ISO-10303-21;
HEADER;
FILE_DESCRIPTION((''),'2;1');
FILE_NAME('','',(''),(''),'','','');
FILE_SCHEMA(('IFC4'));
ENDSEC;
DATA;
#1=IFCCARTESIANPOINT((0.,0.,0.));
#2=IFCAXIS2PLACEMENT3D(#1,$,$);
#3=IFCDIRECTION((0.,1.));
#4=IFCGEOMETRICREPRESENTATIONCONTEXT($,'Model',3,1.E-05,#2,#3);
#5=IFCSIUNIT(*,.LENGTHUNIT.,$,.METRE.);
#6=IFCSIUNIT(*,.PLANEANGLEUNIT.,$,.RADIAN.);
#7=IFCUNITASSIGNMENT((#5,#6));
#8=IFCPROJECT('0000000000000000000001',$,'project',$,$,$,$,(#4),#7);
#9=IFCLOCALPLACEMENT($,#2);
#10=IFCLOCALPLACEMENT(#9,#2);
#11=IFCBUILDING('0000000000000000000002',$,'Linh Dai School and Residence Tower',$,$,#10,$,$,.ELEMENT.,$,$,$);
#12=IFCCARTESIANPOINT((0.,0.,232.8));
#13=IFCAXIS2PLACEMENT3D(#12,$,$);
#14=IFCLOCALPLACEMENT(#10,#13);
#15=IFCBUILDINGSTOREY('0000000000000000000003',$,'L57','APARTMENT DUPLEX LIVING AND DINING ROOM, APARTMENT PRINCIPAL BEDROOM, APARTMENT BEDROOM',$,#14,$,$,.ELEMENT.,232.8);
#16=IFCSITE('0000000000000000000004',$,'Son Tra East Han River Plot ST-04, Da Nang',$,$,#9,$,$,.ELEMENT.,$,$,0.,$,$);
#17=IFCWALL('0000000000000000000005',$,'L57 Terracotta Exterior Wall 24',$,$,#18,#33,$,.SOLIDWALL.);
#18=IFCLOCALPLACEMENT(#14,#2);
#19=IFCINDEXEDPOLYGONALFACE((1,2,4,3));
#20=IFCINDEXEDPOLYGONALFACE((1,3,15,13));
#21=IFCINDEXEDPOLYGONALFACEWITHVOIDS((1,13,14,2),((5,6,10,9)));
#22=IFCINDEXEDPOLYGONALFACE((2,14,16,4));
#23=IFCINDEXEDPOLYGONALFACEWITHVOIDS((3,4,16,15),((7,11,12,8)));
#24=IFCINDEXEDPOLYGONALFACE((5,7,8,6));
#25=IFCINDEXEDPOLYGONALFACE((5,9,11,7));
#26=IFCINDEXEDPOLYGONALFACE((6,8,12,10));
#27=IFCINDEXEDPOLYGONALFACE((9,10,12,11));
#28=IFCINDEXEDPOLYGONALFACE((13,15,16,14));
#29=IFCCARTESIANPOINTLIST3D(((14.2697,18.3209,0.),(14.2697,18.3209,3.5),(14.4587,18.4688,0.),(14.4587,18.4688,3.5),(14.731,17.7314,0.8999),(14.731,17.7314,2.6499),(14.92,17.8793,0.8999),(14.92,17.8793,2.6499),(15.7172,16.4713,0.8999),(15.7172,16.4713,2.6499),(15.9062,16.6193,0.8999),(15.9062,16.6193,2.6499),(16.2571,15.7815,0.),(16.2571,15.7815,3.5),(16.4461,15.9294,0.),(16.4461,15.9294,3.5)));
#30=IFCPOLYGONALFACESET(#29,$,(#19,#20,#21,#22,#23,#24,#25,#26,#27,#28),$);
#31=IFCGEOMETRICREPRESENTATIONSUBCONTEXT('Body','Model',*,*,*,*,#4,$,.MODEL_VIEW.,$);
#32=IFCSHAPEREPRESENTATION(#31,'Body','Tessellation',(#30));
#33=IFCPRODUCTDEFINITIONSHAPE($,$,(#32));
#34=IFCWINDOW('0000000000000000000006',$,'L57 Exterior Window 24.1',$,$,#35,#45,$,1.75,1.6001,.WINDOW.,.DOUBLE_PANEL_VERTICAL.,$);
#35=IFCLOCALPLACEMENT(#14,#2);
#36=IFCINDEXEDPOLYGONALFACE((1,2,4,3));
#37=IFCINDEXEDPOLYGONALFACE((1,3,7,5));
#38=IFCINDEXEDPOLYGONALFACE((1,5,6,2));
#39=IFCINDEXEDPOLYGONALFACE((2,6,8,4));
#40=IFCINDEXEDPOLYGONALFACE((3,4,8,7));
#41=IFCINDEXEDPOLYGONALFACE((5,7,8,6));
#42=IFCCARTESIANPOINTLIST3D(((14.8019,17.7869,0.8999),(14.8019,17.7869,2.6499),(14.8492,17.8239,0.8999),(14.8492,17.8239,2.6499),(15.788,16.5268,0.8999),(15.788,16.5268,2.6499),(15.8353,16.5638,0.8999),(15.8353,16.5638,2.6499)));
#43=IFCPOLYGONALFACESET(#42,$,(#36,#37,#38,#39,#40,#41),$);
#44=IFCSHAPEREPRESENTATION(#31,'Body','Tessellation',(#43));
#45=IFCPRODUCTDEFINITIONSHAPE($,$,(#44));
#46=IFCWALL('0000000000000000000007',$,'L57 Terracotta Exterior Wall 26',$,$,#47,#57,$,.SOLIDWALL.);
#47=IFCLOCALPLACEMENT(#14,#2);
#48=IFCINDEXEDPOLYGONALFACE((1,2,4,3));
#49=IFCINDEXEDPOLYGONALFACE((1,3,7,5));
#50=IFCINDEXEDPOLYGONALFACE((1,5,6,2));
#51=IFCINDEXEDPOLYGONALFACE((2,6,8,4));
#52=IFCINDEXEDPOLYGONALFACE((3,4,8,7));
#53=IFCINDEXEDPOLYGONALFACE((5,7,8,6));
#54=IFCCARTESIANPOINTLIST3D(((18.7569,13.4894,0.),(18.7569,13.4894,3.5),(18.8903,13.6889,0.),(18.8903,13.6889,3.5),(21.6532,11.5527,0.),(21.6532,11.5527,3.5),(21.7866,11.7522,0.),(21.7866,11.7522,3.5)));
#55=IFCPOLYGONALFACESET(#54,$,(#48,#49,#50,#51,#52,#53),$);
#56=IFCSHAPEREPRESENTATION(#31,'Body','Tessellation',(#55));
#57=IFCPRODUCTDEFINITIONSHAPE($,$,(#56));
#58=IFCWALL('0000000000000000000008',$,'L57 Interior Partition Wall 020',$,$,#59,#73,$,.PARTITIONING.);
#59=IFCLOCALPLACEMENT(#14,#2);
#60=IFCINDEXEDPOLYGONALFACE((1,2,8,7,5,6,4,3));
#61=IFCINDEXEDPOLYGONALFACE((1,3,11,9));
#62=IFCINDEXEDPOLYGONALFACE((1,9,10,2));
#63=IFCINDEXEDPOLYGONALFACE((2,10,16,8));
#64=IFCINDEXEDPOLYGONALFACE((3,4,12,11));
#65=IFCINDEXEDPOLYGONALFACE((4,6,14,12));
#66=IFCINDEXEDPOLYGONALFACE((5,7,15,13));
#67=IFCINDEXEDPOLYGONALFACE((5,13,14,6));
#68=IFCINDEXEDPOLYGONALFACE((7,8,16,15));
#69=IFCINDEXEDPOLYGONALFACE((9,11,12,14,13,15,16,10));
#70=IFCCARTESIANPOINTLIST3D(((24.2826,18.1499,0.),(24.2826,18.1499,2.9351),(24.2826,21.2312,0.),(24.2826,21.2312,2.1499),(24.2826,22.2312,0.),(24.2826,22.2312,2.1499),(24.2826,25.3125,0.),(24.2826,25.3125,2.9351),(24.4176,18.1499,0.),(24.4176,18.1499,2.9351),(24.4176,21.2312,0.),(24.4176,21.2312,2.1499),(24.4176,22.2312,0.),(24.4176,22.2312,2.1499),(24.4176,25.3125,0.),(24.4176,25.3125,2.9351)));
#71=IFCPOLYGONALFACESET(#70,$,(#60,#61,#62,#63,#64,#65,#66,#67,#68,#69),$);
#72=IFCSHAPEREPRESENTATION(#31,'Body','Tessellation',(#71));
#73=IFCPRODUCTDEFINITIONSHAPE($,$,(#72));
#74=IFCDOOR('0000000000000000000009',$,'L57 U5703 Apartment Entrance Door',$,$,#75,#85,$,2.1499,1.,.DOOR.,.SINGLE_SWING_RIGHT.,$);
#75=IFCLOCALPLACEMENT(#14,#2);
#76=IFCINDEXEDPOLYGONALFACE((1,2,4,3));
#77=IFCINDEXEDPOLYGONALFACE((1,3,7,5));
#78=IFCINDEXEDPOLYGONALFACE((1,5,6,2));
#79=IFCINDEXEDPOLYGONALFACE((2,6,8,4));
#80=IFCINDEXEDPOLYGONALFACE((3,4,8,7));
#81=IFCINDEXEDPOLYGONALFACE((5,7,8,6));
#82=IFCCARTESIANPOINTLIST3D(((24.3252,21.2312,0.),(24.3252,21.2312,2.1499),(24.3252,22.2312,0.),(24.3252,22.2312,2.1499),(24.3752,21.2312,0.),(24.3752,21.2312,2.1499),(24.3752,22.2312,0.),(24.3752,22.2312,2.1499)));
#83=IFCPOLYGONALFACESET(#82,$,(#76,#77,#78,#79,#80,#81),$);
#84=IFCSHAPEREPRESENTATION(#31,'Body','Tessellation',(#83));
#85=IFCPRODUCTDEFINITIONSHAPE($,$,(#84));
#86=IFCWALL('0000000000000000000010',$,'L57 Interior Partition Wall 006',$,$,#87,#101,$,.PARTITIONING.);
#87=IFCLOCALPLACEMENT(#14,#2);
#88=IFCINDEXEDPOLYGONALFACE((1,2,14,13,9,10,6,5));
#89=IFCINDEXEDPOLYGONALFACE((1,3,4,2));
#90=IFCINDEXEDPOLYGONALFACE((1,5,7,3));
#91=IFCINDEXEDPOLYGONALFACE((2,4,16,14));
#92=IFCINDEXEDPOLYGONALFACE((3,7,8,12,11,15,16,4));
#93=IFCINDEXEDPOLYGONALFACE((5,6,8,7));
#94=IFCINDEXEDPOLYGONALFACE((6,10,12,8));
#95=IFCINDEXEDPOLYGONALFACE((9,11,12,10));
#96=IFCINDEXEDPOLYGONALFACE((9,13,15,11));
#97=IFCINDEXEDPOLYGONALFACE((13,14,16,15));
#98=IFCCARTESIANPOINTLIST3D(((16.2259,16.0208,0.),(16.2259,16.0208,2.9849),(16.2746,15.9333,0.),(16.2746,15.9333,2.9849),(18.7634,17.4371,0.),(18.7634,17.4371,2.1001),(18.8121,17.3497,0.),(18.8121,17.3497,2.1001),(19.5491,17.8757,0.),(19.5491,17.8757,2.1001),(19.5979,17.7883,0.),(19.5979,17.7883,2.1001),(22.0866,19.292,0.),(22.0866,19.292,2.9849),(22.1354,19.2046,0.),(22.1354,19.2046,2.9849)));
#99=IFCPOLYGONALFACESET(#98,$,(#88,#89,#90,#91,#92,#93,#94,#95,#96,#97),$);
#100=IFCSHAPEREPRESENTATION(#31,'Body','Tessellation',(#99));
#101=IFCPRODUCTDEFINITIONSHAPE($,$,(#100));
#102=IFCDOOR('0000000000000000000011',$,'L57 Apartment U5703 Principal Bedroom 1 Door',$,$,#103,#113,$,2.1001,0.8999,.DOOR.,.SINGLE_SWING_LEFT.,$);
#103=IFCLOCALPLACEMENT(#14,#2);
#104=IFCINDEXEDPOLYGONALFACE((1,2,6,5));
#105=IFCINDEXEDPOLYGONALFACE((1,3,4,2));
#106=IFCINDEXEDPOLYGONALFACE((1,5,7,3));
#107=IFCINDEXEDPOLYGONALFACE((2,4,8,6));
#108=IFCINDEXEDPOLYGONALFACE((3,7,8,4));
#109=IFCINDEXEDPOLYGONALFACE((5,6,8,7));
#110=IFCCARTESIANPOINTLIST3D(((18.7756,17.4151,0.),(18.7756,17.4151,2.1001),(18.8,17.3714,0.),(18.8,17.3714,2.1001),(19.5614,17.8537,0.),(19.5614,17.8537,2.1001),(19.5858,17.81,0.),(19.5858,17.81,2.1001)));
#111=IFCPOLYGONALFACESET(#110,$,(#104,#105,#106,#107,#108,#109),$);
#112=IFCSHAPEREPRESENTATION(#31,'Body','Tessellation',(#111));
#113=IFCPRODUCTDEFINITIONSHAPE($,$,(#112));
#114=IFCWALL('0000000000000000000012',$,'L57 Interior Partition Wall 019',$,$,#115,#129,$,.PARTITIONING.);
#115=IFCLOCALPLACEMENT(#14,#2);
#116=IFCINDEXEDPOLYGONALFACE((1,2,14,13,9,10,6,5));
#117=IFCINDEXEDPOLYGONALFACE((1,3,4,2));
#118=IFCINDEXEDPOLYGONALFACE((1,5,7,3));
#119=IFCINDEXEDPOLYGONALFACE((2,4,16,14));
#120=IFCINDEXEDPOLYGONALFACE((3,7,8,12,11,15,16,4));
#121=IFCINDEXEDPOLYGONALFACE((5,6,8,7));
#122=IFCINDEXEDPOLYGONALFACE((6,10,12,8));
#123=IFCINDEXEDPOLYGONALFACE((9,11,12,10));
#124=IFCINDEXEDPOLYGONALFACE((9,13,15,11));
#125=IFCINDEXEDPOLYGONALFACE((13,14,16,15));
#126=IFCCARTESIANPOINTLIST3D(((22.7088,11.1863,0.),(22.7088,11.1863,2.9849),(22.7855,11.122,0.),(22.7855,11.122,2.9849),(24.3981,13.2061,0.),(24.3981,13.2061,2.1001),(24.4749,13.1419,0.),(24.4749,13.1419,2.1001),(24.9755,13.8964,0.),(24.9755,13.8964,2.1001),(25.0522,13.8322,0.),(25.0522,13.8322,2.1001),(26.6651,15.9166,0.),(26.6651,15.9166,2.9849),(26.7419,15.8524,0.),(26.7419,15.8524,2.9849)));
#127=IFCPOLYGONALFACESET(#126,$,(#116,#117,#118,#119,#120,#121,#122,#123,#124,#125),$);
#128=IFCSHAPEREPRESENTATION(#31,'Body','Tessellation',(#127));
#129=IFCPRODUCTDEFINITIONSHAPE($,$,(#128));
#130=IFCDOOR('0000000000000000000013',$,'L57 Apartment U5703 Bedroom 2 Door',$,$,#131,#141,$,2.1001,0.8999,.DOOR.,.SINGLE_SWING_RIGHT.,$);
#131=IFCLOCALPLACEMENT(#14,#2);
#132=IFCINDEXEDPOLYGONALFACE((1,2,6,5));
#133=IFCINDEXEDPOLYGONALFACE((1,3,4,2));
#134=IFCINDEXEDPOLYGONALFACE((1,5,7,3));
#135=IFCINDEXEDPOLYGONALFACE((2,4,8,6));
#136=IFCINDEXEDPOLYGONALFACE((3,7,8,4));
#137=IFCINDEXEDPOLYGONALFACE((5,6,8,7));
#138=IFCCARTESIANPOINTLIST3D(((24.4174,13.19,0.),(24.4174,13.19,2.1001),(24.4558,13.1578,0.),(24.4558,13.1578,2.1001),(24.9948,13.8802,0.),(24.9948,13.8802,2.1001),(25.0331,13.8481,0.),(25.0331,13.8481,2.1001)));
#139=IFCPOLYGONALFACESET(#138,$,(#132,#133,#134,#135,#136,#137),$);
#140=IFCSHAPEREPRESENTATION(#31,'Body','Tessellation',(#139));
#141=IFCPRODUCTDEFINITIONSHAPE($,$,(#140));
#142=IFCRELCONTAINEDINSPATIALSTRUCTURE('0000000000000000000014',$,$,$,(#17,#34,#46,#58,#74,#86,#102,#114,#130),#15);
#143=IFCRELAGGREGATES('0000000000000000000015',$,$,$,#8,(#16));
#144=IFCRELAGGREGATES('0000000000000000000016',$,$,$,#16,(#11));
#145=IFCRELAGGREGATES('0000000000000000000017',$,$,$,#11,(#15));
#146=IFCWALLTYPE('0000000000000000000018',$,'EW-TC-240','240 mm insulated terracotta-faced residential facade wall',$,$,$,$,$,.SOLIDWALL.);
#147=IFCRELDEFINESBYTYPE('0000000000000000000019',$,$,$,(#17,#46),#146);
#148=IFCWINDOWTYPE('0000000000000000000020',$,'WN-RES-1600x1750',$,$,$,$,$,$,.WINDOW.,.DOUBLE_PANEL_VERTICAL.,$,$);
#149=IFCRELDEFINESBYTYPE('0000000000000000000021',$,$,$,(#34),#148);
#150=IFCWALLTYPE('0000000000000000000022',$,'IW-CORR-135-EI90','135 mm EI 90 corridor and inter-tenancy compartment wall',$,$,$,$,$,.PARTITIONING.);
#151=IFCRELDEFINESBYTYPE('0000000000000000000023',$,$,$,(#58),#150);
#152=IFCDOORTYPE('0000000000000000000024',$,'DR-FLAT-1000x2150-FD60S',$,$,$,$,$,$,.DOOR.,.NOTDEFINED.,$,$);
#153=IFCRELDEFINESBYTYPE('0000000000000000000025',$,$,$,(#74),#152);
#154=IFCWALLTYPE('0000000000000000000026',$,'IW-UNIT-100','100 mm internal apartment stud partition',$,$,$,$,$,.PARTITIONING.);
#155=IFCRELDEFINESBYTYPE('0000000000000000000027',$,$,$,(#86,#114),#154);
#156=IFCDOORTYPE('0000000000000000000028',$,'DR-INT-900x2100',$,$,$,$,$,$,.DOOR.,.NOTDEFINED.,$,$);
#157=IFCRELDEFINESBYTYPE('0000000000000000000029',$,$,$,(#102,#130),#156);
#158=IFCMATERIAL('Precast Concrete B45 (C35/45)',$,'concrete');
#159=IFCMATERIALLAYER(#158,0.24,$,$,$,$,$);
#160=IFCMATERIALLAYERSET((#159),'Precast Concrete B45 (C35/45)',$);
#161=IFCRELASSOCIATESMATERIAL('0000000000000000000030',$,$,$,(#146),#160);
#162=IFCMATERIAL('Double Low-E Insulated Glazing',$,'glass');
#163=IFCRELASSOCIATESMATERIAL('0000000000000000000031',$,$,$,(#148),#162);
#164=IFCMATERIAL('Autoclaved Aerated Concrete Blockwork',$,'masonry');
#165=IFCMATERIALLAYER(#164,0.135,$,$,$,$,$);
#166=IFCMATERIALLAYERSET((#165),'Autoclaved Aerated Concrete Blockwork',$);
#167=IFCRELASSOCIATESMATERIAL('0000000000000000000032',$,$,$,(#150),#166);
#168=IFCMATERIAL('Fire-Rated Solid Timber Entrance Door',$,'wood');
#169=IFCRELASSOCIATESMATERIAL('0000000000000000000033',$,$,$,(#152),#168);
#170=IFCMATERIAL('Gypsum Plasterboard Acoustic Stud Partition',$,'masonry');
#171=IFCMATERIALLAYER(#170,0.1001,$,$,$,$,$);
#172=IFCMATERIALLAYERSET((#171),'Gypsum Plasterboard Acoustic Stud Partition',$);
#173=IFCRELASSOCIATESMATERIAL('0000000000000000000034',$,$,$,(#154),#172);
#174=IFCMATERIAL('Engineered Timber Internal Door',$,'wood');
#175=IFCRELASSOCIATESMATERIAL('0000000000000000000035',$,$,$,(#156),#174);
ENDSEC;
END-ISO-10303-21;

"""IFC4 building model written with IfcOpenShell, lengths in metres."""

from ifc_helpers import new_model, si_unit, direction, frame, frame_2d, origin, origin_2d, place, context, subcontext, project, spatial, rectangle, extrude, source, transform, mapped, material, layer, layer_set, type_object, element, fill, save


model = new_model("IFC4")

# Units and contexts
model_context = context("Model", 3, precision=1e-05, world=origin(), true_north=direction((0.0, 1.0)))
body_context = subcontext(model_context, "Body", "Model", "MODEL_VIEW")
ifc_project = project(units=[si_unit("LENGTHUNIT", "METRE"), si_unit("PLANEANGLEUNIT", "RADIAN")], contexts=[model_context])

# Site, building, storey
site_placement = place(None, origin())
site = spatial("IfcSite", under=ifc_project, at=site_placement, Name="Son Tra East Han River Plot ST-04, Da Nang", CompositionType="ELEMENT", RefElevation=0.0)
building_placement = place(site_placement, origin())
building = spatial("IfcBuilding", under=site, at=building_placement, Name="Linh Dai School and Residence Tower", CompositionType="ELEMENT")
storey_placement = place(building_placement, frame((0.0, 0.0, 232.8)))
storey = spatial("IfcBuildingStorey", under=building, at=storey_placement, Name="L57", Description="APARTMENT DUPLEX LIVING AND DINING ROOM, APARTMENT PRINCIPAL BEDROOM, APARTMENT BEDROOM", CompositionType="ELEMENT", Elevation=232.8)

# Shared definitions
ifc_material_1 = material(Name="Precast Concrete B45 (C35/45)", Category="concrete")

# Wall, opening, window
ifc_layer_1 = layer(ifc_material_1, 0.24)
ifc_layer_set_1 = layer_set([ifc_layer_1], Name="Precast Concrete B45 (C35/45)")
wall_type_1 = type_object("IfcWallType", Name="EW-TC-240", Description="240 mm insulated terracotta-faced residential facade wall", PredefinedType="SOLIDWALL", material=ifc_layer_set_1)
wall_1_placement = place(storey_placement, frame((16.3516, 15.8555, 0.0), z_axis=(0.0, 0.0, 1.0), x_axis=(-0.616312, 0.787502, 0.0)))
wall_1 = element("IfcWall", 1, at=wall_1_placement, inside=storey, type_object=wall_type_1, Name="L57 Terracotta Exterior Wall 24", PredefinedType="SOLIDWALL", context=body_context, shape_type="SweptSolid", body=[
    extrude(rectangle(XDim=3.2246, YDim=0.24, at=frame_2d((1.6123, 0.0))), origin(), (0.0, 0.0, 1.0), 3.5),
])
opening_1_placement = place(wall_1_placement, frame((0.876, 0.0, 0.8999)))
opening_1 = element("IfcOpeningElement", 2, at=opening_1_placement, cuts=wall_1, PredefinedType="OPENING", context=body_context, shape_type="SweptSolid", body=[
    extrude(rectangle(XDim=1.6001, YDim=1.75, at=origin_2d()), frame((0.8, 0.1299, 0.875), z_axis=(0.0, -1.0, 0.0), x_axis=(1.0, 0.0, 0.0)), (0.0, 0.0, 1.0), 0.26),
])
ifc_material_2 = material(Name="Double Low-E Insulated Glazing", Category="glass")
window_type = type_object("IfcWindowType", Name="WN-RES-1600x1750", PartitioningType="DOUBLE_PANEL_VERTICAL", PredefinedType="WINDOW", material=ifc_material_2)
shared_shape_1 = source(origin(), body_context, "Body", "SweptSolid", [
    extrude(rectangle(XDim=1.6001, YDim=1.75, at=origin_2d()), frame((0.8, 0.03, 0.875), z_axis=(0.0, -1.0, 0.0), x_axis=(1.0, 0.0, 0.0)), (0.0, 0.0, 1.0), 0.0601),
])
window_placement = place(opening_1_placement, origin())
window = element("IfcWindow", 3, at=window_placement, inside=storey, type_object=window_type, Name="L57 Exterior Window 24.1", OverallHeight=1.75, OverallWidth=1.6001, PartitioningType="DOUBLE_PANEL_VERTICAL", PredefinedType="WINDOW", context=body_context, shape_type="MappedRepresentation", body=[
    mapped(shared_shape_1, transform((0.0, 0.0, 0.0), x_axis=(1.0, 0.0, 0.0), y_axis=(0.0, 1.0, 0.0), z_axis=(0.0, 0.0, 1.0), scale=1.0)),
])
fill(opening_1, window)

# Wall
wall_2_placement = place(storey_placement, frame((21.72, 11.6523, 0.0), z_axis=(0.0, 0.0, 1.0), x_axis=(-0.831262, 0.55588, 0.0)))
element("IfcWall", 4, at=wall_2_placement, inside=storey, type_object=wall_type_1, Name="L57 Terracotta Exterior Wall 26", PredefinedType="SOLIDWALL", context=body_context, shape_type="SweptSolid", body=[
    extrude(rectangle(XDim=3.4841, YDim=0.24, at=frame_2d((1.7422, 0.0))), origin(), (0.0, 0.0, 1.0), 3.5),
])

# Walls, openings, doors
ifc_material_3 = material(Name="Autoclaved Aerated Concrete Blockwork", Category="masonry")
ifc_layer_2 = layer(ifc_material_3, 0.135)
ifc_layer_set_2 = layer_set([ifc_layer_2], Name="Autoclaved Aerated Concrete Blockwork")
wall_type_2 = type_object("IfcWallType", Name="IW-CORR-135-EI90", Description="135 mm EI 90 corridor and inter-tenancy compartment wall", PredefinedType="PARTITIONING", material=ifc_layer_set_2)
wall_3_placement = place(storey_placement, frame((24.3501, 18.1499, 0.0), z_axis=(0.0, 0.0, 1.0), x_axis=(0.0, 1.0, 0.0)))
wall_3 = element("IfcWall", 5, at=wall_3_placement, inside=storey, type_object=wall_type_2, Name="L57 Interior Partition Wall 020", PredefinedType="PARTITIONING", context=body_context, shape_type="SweptSolid", body=[
    extrude(rectangle(XDim=7.1626, YDim=0.135, at=frame_2d((3.5813, 0.0))), origin(), (0.0, 0.0, 1.0), 2.9351),
])
opening_2_placement = place(wall_3_placement, frame((3.0813, 0.0, 0.0)))
opening_2 = element("IfcOpeningElement", 6, at=opening_2_placement, cuts=wall_3, PredefinedType="OPENING", context=body_context, shape_type="SweptSolid", body=[
    extrude(rectangle(XDim=1.0, YDim=2.1499, at=origin_2d()), frame((0.5, 0.0776, 1.075), z_axis=(0.0, -1.0, 0.0), x_axis=(1.0, 0.0, 0.0)), (0.0, 0.0, 1.0), 0.155),
])
ifc_material_4 = material(Name="Fire-Rated Solid Timber Entrance Door", Category="wood")
door_type_1 = type_object("IfcDoorType", Name="DR-FLAT-1000x2150-FD60S", OperationType="NOTDEFINED", PredefinedType="DOOR", material=ifc_material_4)
shared_shape_2 = source(origin(), body_context, "Body", "SweptSolid", [
    extrude(rectangle(XDim=1.0, YDim=2.1499, at=origin_2d()), frame((0.5, 0.0249, 1.075), z_axis=(0.0, -1.0, 0.0), x_axis=(1.0, 0.0, 0.0)), (0.0, 0.0, 1.0), 0.05),
])
door_1_placement = place(opening_2_placement, origin())
door_1 = element("IfcDoor", 7, at=door_1_placement, inside=storey, type_object=door_type_1, Name="L57 U5703 Apartment Entrance Door", OperationType="SINGLE_SWING_RIGHT", OverallHeight=2.1499, OverallWidth=1.0, PredefinedType="DOOR", context=body_context, shape_type="MappedRepresentation", body=[
    mapped(shared_shape_2, transform((0.0, 0.0, 0.0), x_axis=(1.0, 0.0, 0.0), y_axis=(0.0, 1.0, 0.0), z_axis=(0.0, 0.0, 1.0), scale=1.0)),
])
fill(opening_2, door_1)
ifc_material_5 = material(Name="Gypsum Plasterboard Acoustic Stud Partition", Category="masonry")
ifc_layer_3 = layer(ifc_material_5, 0.1001)
ifc_layer_set_3 = layer_set([ifc_layer_3], Name="Gypsum Plasterboard Acoustic Stud Partition")
wall_type_3 = type_object("IfcWallType", Name="IW-UNIT-100", Description="100 mm internal apartment stud partition", PredefinedType="PARTITIONING", material=ifc_layer_set_3)
wall_4_placement = place(storey_placement, frame((16.2502, 15.9771, 0.0), z_axis=(0.0, 0.0, 1.0), x_axis=(0.873193, 0.487375, 0.0)))
wall_4 = element("IfcWall", 8, at=wall_4_placement, inside=storey, type_object=wall_type_3, Name="L57 Interior Partition Wall 006", PredefinedType="PARTITIONING", context=body_context, shape_type="SweptSolid", body=[
    extrude(rectangle(XDim=6.7119, YDim=0.1001, at=frame_2d((3.356, 0.0))), origin(), (0.0, 0.0, 1.0), 2.9849),
])
opening_3_placement = place(wall_4_placement, frame((2.906, 0.0, 0.0)))
opening_3 = element("IfcOpeningElement", 9, at=opening_3_placement, cuts=wall_4, PredefinedType="OPENING", context=body_context, shape_type="SweptSolid", body=[
    extrude(rectangle(XDim=0.8999, YDim=2.1001, at=origin_2d()), frame((0.45, 0.0601, 1.05), z_axis=(0.0, -1.0, 0.0), x_axis=(1.0, 0.0, 0.0)), (0.0, 0.0, 1.0), 0.1201),
])
ifc_material_6 = material(Name="Engineered Timber Internal Door", Category="wood")
door_type_2 = type_object("IfcDoorType", Name="DR-INT-900x2100", OperationType="NOTDEFINED", PredefinedType="DOOR", material=ifc_material_6)
shared_shape_3 = source(origin(), body_context, "Body", "SweptSolid", [
    extrude(rectangle(XDim=0.8999, YDim=2.1001, at=origin_2d()), frame((0.45, 0.0249, 1.05), z_axis=(0.0, -1.0, 0.0), x_axis=(1.0, 0.0, 0.0)), (0.0, 0.0, 1.0), 0.05),
])
door_2_placement = place(opening_3_placement, origin())
door_2 = element("IfcDoor", 10, at=door_2_placement, inside=storey, type_object=door_type_2, Name="L57 Apartment U5703 Principal Bedroom 1 Door", OperationType="SINGLE_SWING_LEFT", OverallHeight=2.1001, OverallWidth=0.8999, PredefinedType="DOOR", context=body_context, shape_type="MappedRepresentation", body=[
    mapped(shared_shape_3, transform((0.0, 0.0, 0.0), x_axis=(1.0, 0.0, 0.0), y_axis=(0.0, 1.0, 0.0), z_axis=(0.0, 0.0, 1.0), scale=1.0)),
])
fill(opening_3, door_2)
wall_5_placement = place(storey_placement, frame((22.7471, 11.1541, 0.0), z_axis=(0.0, 0.0, 1.0), x_axis=(0.641566, 0.767068, 0.0)))
wall_5 = element("IfcWall", 11, at=wall_5_placement, inside=storey, type_object=wall_type_3, Name="L57 Interior Partition Wall 019", PredefinedType="PARTITIONING", context=body_context, shape_type="SweptSolid", body=[
    extrude(rectangle(XDim=6.1667, YDim=0.1001, at=frame_2d((3.0835, 0.0))), origin(), (0.0, 0.0, 1.0), 2.9849),
])
opening_4_placement = place(wall_5_placement, frame((2.6333, 0.0, 0.0)))
opening_4 = element("IfcOpeningElement", 12, at=opening_4_placement, cuts=wall_5, PredefinedType="OPENING", context=body_context, shape_type="SweptSolid", body=[
    extrude(rectangle(XDim=0.8999, YDim=2.1001, at=origin_2d()), frame((0.45, 0.0601, 1.05), z_axis=(0.0, -1.0, 0.0), x_axis=(1.0, 0.0, 0.0)), (0.0, 0.0, 1.0), 0.1201),
])
door_3_placement = place(opening_4_placement, origin())
door_3 = element("IfcDoor", 13, at=door_3_placement, inside=storey, type_object=door_type_2, Name="L57 Apartment U5703 Bedroom 2 Door", OperationType="SINGLE_SWING_RIGHT", OverallHeight=2.1001, OverallWidth=0.8999, PredefinedType="DOOR", context=body_context, shape_type="MappedRepresentation", body=[
    mapped(shared_shape_3, transform((0.0, 0.0, 0.0), x_axis=(1.0, 0.0, 0.0), y_axis=(0.0, 1.0, 0.0), z_axis=(0.0, 0.0, 1.0), scale=1.0)),
])
fill(opening_4, door_3)

save(model, "model.ifc")
